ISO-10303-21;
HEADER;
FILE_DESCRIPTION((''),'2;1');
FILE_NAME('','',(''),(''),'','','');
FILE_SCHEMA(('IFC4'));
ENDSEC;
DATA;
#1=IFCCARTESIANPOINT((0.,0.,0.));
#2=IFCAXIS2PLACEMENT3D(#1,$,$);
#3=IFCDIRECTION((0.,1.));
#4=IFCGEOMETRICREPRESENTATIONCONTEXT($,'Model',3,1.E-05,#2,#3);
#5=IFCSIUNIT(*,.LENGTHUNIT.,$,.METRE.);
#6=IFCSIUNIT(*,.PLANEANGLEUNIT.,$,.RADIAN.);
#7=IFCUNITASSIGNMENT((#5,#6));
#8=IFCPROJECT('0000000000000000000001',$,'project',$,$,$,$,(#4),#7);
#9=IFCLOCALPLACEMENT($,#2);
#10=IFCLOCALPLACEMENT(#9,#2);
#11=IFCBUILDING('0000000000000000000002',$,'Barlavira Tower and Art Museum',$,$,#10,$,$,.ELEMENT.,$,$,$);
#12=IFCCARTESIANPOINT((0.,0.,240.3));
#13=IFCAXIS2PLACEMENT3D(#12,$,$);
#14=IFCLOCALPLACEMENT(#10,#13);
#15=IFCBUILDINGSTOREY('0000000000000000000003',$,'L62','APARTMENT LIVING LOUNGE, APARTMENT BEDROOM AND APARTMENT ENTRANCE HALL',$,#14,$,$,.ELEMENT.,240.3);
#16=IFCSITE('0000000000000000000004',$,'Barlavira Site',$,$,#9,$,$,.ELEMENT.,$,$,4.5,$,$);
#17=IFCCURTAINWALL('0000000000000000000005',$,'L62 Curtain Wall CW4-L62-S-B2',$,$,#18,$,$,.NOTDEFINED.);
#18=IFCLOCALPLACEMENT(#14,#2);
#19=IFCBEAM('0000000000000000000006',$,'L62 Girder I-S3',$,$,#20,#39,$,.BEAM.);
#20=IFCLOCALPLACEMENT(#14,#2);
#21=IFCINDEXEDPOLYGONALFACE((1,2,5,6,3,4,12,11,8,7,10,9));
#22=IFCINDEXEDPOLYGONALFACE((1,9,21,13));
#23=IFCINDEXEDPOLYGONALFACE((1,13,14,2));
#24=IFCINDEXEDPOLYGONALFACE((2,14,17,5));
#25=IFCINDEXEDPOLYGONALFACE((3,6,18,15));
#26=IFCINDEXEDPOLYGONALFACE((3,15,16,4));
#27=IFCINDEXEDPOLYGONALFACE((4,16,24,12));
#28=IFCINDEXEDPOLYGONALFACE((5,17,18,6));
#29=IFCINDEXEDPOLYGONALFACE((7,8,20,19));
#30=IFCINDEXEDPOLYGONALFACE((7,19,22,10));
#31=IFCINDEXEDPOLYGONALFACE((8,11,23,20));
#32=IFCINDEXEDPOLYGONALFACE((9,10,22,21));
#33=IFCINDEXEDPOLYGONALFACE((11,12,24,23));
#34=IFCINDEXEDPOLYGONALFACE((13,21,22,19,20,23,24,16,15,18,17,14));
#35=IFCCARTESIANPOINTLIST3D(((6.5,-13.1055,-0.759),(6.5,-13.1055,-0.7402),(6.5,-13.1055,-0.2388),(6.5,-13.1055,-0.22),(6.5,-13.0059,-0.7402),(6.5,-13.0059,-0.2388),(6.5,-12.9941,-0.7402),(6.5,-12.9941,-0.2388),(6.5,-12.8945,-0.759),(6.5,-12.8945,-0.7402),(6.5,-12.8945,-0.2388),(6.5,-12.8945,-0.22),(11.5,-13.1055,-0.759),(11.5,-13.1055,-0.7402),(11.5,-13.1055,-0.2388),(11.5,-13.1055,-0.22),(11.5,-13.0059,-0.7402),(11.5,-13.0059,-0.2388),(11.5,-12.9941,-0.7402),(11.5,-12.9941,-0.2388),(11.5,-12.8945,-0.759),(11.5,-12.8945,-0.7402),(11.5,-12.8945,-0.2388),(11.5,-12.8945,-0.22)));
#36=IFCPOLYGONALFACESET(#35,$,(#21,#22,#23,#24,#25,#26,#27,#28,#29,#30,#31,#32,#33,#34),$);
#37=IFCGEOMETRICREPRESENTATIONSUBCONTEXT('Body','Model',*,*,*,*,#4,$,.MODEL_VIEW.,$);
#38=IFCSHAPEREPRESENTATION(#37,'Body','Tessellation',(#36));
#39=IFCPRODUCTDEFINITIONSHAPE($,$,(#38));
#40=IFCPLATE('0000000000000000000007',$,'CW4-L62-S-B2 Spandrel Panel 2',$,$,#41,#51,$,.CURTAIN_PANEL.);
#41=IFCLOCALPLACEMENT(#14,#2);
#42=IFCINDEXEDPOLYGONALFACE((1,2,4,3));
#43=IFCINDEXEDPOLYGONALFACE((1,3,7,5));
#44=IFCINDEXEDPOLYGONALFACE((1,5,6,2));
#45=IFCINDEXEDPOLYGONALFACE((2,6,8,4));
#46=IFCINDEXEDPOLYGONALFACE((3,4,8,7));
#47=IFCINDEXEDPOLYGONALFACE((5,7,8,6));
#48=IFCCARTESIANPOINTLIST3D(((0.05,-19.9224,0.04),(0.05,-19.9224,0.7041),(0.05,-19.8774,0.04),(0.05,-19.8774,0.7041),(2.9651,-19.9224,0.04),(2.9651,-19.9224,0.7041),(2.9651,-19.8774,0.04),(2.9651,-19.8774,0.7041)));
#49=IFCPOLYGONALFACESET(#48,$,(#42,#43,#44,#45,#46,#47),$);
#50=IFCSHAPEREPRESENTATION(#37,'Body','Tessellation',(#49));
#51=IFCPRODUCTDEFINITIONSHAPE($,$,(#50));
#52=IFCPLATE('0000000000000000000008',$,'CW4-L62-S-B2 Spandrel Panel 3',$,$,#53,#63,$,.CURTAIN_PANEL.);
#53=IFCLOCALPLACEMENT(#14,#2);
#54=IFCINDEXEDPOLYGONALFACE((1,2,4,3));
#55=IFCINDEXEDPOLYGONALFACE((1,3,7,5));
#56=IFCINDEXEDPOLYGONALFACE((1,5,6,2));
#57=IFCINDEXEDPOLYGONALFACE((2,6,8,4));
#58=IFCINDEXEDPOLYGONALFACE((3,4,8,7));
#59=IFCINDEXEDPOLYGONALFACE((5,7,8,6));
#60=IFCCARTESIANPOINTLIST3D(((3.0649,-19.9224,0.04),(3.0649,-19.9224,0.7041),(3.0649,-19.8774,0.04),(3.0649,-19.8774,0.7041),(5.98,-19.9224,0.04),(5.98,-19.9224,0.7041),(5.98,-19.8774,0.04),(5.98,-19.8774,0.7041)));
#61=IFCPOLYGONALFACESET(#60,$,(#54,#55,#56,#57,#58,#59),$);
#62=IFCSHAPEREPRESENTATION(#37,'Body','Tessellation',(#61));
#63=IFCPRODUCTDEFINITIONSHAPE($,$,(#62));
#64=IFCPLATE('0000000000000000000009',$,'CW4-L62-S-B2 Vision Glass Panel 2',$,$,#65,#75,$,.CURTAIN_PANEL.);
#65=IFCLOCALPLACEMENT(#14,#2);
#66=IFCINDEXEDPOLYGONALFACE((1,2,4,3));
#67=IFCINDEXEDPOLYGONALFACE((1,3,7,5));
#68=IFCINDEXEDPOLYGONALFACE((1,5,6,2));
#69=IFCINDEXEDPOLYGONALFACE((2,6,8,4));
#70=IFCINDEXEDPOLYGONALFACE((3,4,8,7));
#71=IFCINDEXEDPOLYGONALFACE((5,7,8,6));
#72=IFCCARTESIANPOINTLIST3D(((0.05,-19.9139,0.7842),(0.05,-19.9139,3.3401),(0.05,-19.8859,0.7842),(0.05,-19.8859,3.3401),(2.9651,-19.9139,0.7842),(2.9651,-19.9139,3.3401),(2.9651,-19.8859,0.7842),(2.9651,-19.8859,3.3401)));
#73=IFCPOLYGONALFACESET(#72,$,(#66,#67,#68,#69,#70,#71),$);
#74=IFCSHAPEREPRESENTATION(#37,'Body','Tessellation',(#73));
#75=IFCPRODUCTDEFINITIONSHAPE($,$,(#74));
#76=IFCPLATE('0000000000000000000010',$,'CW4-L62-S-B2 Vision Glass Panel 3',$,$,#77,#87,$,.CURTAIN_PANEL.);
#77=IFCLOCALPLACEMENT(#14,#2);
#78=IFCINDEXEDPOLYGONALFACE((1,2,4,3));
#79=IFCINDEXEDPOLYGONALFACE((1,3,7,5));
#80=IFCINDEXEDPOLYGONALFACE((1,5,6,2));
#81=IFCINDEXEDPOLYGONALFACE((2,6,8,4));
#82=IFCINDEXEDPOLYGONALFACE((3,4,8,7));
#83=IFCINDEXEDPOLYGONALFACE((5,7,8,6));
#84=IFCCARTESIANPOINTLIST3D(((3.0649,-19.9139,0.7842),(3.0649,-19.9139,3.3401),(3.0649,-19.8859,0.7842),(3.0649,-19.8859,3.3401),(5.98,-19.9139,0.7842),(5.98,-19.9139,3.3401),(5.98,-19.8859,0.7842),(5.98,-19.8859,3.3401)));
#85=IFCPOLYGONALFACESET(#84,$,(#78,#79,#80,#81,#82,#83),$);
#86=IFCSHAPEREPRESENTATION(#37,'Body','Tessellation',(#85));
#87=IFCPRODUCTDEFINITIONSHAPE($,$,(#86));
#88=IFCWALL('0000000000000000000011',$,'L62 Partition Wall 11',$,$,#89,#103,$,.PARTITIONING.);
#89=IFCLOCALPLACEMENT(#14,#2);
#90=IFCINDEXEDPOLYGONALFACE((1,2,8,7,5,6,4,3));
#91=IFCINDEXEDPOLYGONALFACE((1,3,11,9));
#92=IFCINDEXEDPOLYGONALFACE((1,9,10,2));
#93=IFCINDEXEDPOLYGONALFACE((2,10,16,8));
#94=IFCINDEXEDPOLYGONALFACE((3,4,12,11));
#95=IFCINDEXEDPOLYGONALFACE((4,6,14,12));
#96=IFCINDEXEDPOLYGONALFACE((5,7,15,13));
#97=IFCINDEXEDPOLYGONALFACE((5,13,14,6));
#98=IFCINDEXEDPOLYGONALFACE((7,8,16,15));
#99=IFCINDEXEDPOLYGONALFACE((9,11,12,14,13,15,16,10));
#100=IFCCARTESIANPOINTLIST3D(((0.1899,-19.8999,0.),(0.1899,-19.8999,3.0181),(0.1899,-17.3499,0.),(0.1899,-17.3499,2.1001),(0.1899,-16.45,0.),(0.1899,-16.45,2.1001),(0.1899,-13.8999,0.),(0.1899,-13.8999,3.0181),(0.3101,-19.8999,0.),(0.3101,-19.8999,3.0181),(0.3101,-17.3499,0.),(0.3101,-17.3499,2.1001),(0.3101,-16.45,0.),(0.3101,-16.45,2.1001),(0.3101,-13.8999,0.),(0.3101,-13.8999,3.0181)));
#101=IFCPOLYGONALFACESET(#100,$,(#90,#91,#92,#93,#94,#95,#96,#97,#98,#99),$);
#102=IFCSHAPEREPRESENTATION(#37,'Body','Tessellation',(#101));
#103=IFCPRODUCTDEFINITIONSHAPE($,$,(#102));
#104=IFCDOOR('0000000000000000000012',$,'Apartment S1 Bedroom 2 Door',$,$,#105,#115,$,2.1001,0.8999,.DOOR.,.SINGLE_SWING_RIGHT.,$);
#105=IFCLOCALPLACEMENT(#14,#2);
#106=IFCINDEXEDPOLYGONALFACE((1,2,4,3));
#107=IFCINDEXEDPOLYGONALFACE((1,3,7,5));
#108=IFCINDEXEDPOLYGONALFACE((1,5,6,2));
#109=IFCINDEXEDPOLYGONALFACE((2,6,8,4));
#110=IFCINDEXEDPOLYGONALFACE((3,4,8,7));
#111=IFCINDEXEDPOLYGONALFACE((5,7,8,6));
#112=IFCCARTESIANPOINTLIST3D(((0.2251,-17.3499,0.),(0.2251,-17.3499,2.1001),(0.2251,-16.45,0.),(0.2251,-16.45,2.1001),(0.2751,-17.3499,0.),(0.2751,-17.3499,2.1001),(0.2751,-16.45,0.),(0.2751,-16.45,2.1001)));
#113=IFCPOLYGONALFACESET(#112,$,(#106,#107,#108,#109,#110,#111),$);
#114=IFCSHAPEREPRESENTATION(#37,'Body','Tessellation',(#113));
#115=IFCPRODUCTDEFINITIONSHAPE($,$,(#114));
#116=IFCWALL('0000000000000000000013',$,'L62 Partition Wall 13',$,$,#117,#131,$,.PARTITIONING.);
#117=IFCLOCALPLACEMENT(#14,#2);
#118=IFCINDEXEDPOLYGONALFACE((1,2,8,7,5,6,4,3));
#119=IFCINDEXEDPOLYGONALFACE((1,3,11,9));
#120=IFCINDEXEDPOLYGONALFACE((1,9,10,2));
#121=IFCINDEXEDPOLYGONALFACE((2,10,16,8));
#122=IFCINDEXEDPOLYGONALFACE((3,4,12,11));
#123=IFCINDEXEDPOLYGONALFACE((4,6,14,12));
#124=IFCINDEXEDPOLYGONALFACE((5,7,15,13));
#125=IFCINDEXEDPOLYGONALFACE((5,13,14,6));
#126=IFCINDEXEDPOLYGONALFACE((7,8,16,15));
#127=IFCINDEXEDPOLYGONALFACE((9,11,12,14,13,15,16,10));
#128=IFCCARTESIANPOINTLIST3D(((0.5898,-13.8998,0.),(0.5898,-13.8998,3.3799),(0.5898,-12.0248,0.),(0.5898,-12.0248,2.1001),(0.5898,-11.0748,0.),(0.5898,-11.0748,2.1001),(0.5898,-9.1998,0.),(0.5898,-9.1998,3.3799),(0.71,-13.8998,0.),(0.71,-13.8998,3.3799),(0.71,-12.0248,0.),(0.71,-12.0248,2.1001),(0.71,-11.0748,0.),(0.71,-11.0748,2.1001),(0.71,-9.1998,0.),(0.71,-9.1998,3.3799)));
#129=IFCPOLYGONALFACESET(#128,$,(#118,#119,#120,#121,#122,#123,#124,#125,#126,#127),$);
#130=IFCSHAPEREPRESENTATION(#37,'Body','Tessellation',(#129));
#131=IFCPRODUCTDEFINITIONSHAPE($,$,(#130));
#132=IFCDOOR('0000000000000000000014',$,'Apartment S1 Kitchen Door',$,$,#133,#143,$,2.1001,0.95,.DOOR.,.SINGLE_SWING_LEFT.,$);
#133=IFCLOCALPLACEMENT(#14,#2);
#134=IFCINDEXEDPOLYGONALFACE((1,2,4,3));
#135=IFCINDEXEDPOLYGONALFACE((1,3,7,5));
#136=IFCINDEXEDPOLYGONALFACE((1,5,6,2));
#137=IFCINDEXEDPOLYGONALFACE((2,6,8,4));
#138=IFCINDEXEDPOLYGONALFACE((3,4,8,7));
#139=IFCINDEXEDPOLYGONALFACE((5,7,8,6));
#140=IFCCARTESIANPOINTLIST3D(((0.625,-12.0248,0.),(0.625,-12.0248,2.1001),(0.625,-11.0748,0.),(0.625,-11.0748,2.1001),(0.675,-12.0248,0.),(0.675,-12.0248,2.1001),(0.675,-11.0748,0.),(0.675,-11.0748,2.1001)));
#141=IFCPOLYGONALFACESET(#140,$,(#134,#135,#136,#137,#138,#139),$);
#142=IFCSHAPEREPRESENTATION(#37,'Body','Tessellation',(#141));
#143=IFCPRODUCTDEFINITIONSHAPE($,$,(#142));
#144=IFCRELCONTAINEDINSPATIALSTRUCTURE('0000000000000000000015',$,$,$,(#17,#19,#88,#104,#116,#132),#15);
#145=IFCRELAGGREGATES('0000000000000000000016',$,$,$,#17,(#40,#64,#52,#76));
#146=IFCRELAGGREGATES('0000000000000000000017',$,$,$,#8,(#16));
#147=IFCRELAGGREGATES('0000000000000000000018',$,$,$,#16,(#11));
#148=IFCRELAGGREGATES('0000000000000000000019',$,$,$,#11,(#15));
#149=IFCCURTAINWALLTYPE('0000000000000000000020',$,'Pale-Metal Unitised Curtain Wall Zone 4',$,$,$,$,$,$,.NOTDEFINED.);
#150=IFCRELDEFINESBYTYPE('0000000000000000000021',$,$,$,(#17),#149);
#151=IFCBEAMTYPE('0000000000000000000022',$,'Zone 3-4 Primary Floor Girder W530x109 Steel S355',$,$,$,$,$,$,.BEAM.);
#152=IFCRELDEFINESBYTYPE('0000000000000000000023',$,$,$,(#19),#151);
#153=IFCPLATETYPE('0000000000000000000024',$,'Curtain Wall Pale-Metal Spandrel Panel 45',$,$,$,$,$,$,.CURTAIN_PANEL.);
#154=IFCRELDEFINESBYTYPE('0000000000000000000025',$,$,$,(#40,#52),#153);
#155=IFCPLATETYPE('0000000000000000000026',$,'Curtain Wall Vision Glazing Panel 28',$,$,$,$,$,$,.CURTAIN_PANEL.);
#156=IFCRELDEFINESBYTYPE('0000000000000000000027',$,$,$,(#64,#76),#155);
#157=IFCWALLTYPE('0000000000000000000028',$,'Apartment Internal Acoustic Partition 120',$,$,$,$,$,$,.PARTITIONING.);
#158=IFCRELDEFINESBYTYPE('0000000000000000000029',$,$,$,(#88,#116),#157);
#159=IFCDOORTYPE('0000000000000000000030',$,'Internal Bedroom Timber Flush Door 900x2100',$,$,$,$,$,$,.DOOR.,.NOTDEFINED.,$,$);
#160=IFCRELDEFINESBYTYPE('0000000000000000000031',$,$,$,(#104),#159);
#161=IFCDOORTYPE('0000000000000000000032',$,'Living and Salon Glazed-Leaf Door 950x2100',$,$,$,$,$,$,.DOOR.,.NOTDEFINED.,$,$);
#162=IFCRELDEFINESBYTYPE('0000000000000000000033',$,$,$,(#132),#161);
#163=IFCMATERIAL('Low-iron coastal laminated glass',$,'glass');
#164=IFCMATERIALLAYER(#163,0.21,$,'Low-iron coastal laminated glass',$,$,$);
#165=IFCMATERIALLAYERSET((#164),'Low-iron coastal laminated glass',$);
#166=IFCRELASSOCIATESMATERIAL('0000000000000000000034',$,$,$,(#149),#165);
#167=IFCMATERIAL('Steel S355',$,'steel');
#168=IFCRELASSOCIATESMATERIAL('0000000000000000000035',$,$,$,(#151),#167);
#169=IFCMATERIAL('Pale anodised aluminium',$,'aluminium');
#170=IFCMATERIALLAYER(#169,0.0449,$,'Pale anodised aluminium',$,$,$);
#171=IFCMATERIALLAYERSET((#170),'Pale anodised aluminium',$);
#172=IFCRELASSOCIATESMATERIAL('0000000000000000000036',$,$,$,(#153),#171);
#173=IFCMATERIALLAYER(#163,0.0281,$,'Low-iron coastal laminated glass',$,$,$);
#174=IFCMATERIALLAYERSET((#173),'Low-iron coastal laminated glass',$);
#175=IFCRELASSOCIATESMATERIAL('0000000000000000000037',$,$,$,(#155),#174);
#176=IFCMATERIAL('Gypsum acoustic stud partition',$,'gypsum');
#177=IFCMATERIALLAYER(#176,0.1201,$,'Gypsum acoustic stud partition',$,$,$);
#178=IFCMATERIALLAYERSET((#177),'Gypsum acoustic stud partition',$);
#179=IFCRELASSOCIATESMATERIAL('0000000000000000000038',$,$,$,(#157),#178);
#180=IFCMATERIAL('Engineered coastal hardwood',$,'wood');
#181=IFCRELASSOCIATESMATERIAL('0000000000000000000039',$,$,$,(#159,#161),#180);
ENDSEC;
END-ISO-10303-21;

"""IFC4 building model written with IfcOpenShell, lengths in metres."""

from ifc_helpers import new_model, si_unit, direction, frame, frame_2d, origin, origin_2d, place, context, subcontext, project, spatial, rectangle, i_section, extrude, material, layer, layer_set, material_profile, profile_set, type_object, element, fill, aggregate, save


model = new_model("IFC4")

# Units and contexts
model_context = context("Model", 3, precision=1e-05, world=origin(), true_north=direction((0.0, 1.0)))
body_context = subcontext(model_context, "Body", "Model", "MODEL_VIEW")
ifc_project = project(units=[si_unit("LENGTHUNIT", "METRE"), si_unit("PLANEANGLEUNIT", "RADIAN")], contexts=[model_context])

# Site, building, storey
site_placement = place(None, origin())
site = spatial("IfcSite", under=ifc_project, at=site_placement, Name="Barlavira Site", CompositionType="ELEMENT", RefElevation=4.5)
building_placement = place(site_placement, origin())
building = spatial("IfcBuilding", under=site, at=building_placement, Name="Barlavira Tower and Art Museum", CompositionType="ELEMENT")
storey_placement = place(building_placement, frame((0.0, 0.0, 240.3)))
storey = spatial("IfcBuildingStorey", under=building, at=storey_placement, Name="L62", Description="APARTMENT LIVING LOUNGE, APARTMENT BEDROOM AND APARTMENT ENTRANCE HALL", CompositionType="ELEMENT", Elevation=240.3)

# Curtain wall
ifc_material_1 = material(Name="Low-iron coastal laminated glass", Category="glass")
ifc_layer_1 = layer(ifc_material_1, 0.21, Name="Low-iron coastal laminated glass")
ifc_layer_set_1 = layer_set([ifc_layer_1], Name="Low-iron coastal laminated glass")
curtain_wall_type = type_object("IfcCurtainWallType", Name="Pale-Metal Unitised Curtain Wall Zone 4", PredefinedType="NOTDEFINED", material=ifc_layer_set_1)
curtain_wall_placement = place(storey_placement, origin())
curtain_wall = element("IfcCurtainWall", 1, at=curtain_wall_placement, inside=storey, type_object=curtain_wall_type, Name="L62 Curtain Wall CW4-L62-S-B2", PredefinedType="NOTDEFINED")
ifc_material_2 = material(Name="Pale anodised aluminium", Category="aluminium")

# Beam
ifc_material_3 = material(Name="Steel S355", Category="steel")
ifc_material_profile_1 = material_profile(ifc_material_3, i_section(OverallWidth=0.2109, OverallDepth=0.5391, WebThickness=0.0117, FlangeThickness=0.0188, at=origin_2d()), Name="W530x109.0")
ifc_profile_set_1 = profile_set([ifc_material_profile_1], Name="Steel S355")
beam_type_1 = type_object("IfcBeamType", Name="Zone 3-4 Primary Floor Girder W530x109 Steel S355", PredefinedType="BEAM", material=ifc_profile_set_1)
beam_1_placement = place(storey_placement, frame((6.5, -13.0, -0.4895), z_axis=(1.0, 0.0, 0.0), x_axis=(0.0, 1.0, 0.0)))
element("IfcBeam", 2, at=beam_1_placement, inside=storey, type_object=beam_type_1, Name="L62 Girder I-S3", PredefinedType="BEAM", context=body_context, shape_type="SweptSolid", body=[
    extrude(i_section(OverallWidth=0.2109, OverallDepth=0.5391, WebThickness=0.0117, FlangeThickness=0.0188, at=origin_2d()), origin(), (0.0, 0.0, 1.0), 5.0),
])

# Plates
ifc_layer_2 = layer(ifc_material_2, 0.0449, Name="Pale anodised aluminium")
ifc_layer_set_2 = layer_set([ifc_layer_2], Name="Pale anodised aluminium")
plate_type_1 = type_object("IfcPlateType", Name="Curtain Wall Pale-Metal Spandrel Panel 45", PredefinedType="CURTAIN_PANEL", material=ifc_layer_set_2)
plate_1_placement = place(storey_placement, frame((1.5076, -19.8999, 0.04), z_axis=(0.0, 0.0, 1.0), x_axis=(1.0, 0.0, 0.0)))
plate_1 = element("IfcPlate", 3, at=plate_1_placement, type_object=plate_type_1, Name="CW4-L62-S-B2 Spandrel Panel 2", PredefinedType="CURTAIN_PANEL", context=body_context, shape_type="SweptSolid", body=[
    extrude(rectangle(XDim=2.915, YDim=0.0449, at=origin_2d()), origin(), (0.0, 0.0, 1.0), 0.6641),
])
plate_2_placement = place(storey_placement, frame((4.5225, -19.8999, 0.04), z_axis=(0.0, 0.0, 1.0), x_axis=(1.0, 0.0, 0.0)))
plate_2 = element("IfcPlate", 4, at=plate_2_placement, type_object=plate_type_1, Name="CW4-L62-S-B2 Spandrel Panel 3", PredefinedType="CURTAIN_PANEL", context=body_context, shape_type="SweptSolid", body=[
    extrude(rectangle(XDim=2.915, YDim=0.0449, at=origin_2d()), origin(), (0.0, 0.0, 1.0), 0.6641),
])
ifc_layer_3 = layer(ifc_material_1, 0.0281, Name="Low-iron coastal laminated glass")
ifc_layer_set_3 = layer_set([ifc_layer_3], Name="Low-iron coastal laminated glass")
plate_type_2 = type_object("IfcPlateType", Name="Curtain Wall Vision Glazing Panel 28", PredefinedType="CURTAIN_PANEL", material=ifc_layer_set_3)
plate_3_placement = place(storey_placement, frame((1.5076, -19.8999, 0.7842), z_axis=(0.0, 0.0, 1.0), x_axis=(1.0, 0.0, 0.0)))
plate_3 = element("IfcPlate", 5, at=plate_3_placement, type_object=plate_type_2, Name="CW4-L62-S-B2 Vision Glass Panel 2", PredefinedType="CURTAIN_PANEL", context=body_context, shape_type="SweptSolid", body=[
    extrude(rectangle(XDim=2.915, YDim=0.0281, at=origin_2d()), origin(), (0.0, 0.0, 1.0), 2.5559),
])
plate_4_placement = place(storey_placement, frame((4.5225, -19.8999, 0.7842), z_axis=(0.0, 0.0, 1.0), x_axis=(1.0, 0.0, 0.0)))
plate_4 = element("IfcPlate", 6, at=plate_4_placement, type_object=plate_type_2, Name="CW4-L62-S-B2 Vision Glass Panel 3", PredefinedType="CURTAIN_PANEL", context=body_context, shape_type="SweptSolid", body=[
    extrude(rectangle(XDim=2.915, YDim=0.0281, at=origin_2d()), origin(), (0.0, 0.0, 1.0), 2.5559),
])
aggregate(curtain_wall, [plate_1, plate_3, plate_2, plate_4])

# Walls, openings, doors
ifc_material_4 = material(Name="Gypsum acoustic stud partition", Category="gypsum")
ifc_layer_4 = layer(ifc_material_4, 0.1201, Name="Gypsum acoustic stud partition")
ifc_layer_set_4 = layer_set([ifc_layer_4], Name="Gypsum acoustic stud partition")
wall_type_1 = type_object("IfcWallType", Name="Apartment Internal Acoustic Partition 120", PredefinedType="PARTITIONING", material=ifc_layer_set_4)
wall_1_placement = place(storey_placement, frame((0.25, -19.8999, 0.0), z_axis=(0.0, 0.0, 1.0), x_axis=(0.0, 1.0, 0.0)))
wall_1 = element("IfcWall", 7, at=wall_1_placement, inside=storey, type_object=wall_type_1, Name="L62 Partition Wall 11", PredefinedType="PARTITIONING", context=body_context, shape_type="SweptSolid", body=[
    extrude(rectangle(XDim=6.0, YDim=0.1201, at=frame_2d((3.0, 0.0))), origin(), (0.0, 0.0, 1.0), 3.0181),
])
opening_1_placement = place(wall_1_placement, frame((2.55, 0.0, 0.0)))
opening_1 = element("IfcOpeningElement", 8, at=opening_1_placement, cuts=wall_1, PredefinedType="OPENING", context=body_context, shape_type="SweptSolid", body=[
    extrude(rectangle(XDim=0.8999, YDim=2.1001, at=frame_2d((0.45, 1.05))), frame((0.0, 0.0701, 0.0), z_axis=(0.0, -1.0, 0.0), x_axis=(1.0, 0.0, 0.0)), (0.0, 0.0, 1.0), 0.1401),
])
ifc_material_5 = material(Name="Engineered coastal hardwood", Category="wood")
door_type_1 = type_object("IfcDoorType", Name="Internal Bedroom Timber Flush Door 900x2100", OperationType="NOTDEFINED", PredefinedType="DOOR", material=ifc_material_5)
door_1_placement = place(opening_1_placement, origin())
door_1 = element("IfcDoor", 9, at=door_1_placement, inside=storey, type_object=door_type_1, Name="Apartment S1 Bedroom 2 Door", OperationType="SINGLE_SWING_RIGHT", OverallHeight=2.1001, OverallWidth=0.8999, PredefinedType="DOOR", context=body_context, shape_type="SweptSolid", body=[
    extrude(rectangle(XDim=0.8999, YDim=2.1001, at=frame_2d((0.45, 1.05))), frame((0.0, 0.0249, 0.0), z_axis=(0.0, -1.0, 0.0), x_axis=(1.0, 0.0, 0.0)), (0.0, 0.0, 1.0), 0.05),
])
fill(opening_1, door_1)
wall_2_placement = place(storey_placement, frame((0.6499, -13.8999, 0.0), z_axis=(0.0, 0.0, 1.0), x_axis=(0.0, 1.0, 0.0)))
wall_2 = element("IfcWall", 10, at=wall_2_placement, inside=storey, type_object=wall_type_1, Name="L62 Partition Wall 13", PredefinedType="PARTITIONING", context=body_context, shape_type="SweptSolid", body=[
    extrude(rectangle(XDim=4.7, YDim=0.1201, at=frame_2d((2.3501, 0.0))), origin(), (0.0, 0.0, 1.0), 3.3799),
])
opening_2_placement = place(wall_2_placement, frame((1.875, 0.0, 0.0)))
opening_2 = element("IfcOpeningElement", 11, at=opening_2_placement, cuts=wall_2, PredefinedType="OPENING", context=body_context, shape_type="SweptSolid", body=[
    extrude(rectangle(XDim=0.95, YDim=2.1001, at=frame_2d((0.4751, 1.05))), frame((0.0, 0.0701, 0.0), z_axis=(0.0, -1.0, 0.0), x_axis=(1.0, 0.0, 0.0)), (0.0, 0.0, 1.0), 0.1401),
])
door_type_2 = type_object("IfcDoorType", Name="Living and Salon Glazed-Leaf Door 950x2100", OperationType="NOTDEFINED", PredefinedType="DOOR", material=ifc_material_5)
door_2_placement = place(opening_2_placement, origin())
door_2 = element("IfcDoor", 12, at=door_2_placement, inside=storey, type_object=door_type_2, Name="Apartment S1 Kitchen Door", OperationType="SINGLE_SWING_LEFT", OverallHeight=2.1001, OverallWidth=0.95, PredefinedType="DOOR", context=body_context, shape_type="SweptSolid", body=[
    extrude(rectangle(XDim=0.95, YDim=2.1001, at=frame_2d((0.4751, 1.05))), frame((0.0, 0.0249, 0.0), z_axis=(0.0, -1.0, 0.0), x_axis=(1.0, 0.0, 0.0)), (0.0, 0.0, 1.0), 0.05),
])
fill(opening_2, door_2)

save(model, "model.ifc")
